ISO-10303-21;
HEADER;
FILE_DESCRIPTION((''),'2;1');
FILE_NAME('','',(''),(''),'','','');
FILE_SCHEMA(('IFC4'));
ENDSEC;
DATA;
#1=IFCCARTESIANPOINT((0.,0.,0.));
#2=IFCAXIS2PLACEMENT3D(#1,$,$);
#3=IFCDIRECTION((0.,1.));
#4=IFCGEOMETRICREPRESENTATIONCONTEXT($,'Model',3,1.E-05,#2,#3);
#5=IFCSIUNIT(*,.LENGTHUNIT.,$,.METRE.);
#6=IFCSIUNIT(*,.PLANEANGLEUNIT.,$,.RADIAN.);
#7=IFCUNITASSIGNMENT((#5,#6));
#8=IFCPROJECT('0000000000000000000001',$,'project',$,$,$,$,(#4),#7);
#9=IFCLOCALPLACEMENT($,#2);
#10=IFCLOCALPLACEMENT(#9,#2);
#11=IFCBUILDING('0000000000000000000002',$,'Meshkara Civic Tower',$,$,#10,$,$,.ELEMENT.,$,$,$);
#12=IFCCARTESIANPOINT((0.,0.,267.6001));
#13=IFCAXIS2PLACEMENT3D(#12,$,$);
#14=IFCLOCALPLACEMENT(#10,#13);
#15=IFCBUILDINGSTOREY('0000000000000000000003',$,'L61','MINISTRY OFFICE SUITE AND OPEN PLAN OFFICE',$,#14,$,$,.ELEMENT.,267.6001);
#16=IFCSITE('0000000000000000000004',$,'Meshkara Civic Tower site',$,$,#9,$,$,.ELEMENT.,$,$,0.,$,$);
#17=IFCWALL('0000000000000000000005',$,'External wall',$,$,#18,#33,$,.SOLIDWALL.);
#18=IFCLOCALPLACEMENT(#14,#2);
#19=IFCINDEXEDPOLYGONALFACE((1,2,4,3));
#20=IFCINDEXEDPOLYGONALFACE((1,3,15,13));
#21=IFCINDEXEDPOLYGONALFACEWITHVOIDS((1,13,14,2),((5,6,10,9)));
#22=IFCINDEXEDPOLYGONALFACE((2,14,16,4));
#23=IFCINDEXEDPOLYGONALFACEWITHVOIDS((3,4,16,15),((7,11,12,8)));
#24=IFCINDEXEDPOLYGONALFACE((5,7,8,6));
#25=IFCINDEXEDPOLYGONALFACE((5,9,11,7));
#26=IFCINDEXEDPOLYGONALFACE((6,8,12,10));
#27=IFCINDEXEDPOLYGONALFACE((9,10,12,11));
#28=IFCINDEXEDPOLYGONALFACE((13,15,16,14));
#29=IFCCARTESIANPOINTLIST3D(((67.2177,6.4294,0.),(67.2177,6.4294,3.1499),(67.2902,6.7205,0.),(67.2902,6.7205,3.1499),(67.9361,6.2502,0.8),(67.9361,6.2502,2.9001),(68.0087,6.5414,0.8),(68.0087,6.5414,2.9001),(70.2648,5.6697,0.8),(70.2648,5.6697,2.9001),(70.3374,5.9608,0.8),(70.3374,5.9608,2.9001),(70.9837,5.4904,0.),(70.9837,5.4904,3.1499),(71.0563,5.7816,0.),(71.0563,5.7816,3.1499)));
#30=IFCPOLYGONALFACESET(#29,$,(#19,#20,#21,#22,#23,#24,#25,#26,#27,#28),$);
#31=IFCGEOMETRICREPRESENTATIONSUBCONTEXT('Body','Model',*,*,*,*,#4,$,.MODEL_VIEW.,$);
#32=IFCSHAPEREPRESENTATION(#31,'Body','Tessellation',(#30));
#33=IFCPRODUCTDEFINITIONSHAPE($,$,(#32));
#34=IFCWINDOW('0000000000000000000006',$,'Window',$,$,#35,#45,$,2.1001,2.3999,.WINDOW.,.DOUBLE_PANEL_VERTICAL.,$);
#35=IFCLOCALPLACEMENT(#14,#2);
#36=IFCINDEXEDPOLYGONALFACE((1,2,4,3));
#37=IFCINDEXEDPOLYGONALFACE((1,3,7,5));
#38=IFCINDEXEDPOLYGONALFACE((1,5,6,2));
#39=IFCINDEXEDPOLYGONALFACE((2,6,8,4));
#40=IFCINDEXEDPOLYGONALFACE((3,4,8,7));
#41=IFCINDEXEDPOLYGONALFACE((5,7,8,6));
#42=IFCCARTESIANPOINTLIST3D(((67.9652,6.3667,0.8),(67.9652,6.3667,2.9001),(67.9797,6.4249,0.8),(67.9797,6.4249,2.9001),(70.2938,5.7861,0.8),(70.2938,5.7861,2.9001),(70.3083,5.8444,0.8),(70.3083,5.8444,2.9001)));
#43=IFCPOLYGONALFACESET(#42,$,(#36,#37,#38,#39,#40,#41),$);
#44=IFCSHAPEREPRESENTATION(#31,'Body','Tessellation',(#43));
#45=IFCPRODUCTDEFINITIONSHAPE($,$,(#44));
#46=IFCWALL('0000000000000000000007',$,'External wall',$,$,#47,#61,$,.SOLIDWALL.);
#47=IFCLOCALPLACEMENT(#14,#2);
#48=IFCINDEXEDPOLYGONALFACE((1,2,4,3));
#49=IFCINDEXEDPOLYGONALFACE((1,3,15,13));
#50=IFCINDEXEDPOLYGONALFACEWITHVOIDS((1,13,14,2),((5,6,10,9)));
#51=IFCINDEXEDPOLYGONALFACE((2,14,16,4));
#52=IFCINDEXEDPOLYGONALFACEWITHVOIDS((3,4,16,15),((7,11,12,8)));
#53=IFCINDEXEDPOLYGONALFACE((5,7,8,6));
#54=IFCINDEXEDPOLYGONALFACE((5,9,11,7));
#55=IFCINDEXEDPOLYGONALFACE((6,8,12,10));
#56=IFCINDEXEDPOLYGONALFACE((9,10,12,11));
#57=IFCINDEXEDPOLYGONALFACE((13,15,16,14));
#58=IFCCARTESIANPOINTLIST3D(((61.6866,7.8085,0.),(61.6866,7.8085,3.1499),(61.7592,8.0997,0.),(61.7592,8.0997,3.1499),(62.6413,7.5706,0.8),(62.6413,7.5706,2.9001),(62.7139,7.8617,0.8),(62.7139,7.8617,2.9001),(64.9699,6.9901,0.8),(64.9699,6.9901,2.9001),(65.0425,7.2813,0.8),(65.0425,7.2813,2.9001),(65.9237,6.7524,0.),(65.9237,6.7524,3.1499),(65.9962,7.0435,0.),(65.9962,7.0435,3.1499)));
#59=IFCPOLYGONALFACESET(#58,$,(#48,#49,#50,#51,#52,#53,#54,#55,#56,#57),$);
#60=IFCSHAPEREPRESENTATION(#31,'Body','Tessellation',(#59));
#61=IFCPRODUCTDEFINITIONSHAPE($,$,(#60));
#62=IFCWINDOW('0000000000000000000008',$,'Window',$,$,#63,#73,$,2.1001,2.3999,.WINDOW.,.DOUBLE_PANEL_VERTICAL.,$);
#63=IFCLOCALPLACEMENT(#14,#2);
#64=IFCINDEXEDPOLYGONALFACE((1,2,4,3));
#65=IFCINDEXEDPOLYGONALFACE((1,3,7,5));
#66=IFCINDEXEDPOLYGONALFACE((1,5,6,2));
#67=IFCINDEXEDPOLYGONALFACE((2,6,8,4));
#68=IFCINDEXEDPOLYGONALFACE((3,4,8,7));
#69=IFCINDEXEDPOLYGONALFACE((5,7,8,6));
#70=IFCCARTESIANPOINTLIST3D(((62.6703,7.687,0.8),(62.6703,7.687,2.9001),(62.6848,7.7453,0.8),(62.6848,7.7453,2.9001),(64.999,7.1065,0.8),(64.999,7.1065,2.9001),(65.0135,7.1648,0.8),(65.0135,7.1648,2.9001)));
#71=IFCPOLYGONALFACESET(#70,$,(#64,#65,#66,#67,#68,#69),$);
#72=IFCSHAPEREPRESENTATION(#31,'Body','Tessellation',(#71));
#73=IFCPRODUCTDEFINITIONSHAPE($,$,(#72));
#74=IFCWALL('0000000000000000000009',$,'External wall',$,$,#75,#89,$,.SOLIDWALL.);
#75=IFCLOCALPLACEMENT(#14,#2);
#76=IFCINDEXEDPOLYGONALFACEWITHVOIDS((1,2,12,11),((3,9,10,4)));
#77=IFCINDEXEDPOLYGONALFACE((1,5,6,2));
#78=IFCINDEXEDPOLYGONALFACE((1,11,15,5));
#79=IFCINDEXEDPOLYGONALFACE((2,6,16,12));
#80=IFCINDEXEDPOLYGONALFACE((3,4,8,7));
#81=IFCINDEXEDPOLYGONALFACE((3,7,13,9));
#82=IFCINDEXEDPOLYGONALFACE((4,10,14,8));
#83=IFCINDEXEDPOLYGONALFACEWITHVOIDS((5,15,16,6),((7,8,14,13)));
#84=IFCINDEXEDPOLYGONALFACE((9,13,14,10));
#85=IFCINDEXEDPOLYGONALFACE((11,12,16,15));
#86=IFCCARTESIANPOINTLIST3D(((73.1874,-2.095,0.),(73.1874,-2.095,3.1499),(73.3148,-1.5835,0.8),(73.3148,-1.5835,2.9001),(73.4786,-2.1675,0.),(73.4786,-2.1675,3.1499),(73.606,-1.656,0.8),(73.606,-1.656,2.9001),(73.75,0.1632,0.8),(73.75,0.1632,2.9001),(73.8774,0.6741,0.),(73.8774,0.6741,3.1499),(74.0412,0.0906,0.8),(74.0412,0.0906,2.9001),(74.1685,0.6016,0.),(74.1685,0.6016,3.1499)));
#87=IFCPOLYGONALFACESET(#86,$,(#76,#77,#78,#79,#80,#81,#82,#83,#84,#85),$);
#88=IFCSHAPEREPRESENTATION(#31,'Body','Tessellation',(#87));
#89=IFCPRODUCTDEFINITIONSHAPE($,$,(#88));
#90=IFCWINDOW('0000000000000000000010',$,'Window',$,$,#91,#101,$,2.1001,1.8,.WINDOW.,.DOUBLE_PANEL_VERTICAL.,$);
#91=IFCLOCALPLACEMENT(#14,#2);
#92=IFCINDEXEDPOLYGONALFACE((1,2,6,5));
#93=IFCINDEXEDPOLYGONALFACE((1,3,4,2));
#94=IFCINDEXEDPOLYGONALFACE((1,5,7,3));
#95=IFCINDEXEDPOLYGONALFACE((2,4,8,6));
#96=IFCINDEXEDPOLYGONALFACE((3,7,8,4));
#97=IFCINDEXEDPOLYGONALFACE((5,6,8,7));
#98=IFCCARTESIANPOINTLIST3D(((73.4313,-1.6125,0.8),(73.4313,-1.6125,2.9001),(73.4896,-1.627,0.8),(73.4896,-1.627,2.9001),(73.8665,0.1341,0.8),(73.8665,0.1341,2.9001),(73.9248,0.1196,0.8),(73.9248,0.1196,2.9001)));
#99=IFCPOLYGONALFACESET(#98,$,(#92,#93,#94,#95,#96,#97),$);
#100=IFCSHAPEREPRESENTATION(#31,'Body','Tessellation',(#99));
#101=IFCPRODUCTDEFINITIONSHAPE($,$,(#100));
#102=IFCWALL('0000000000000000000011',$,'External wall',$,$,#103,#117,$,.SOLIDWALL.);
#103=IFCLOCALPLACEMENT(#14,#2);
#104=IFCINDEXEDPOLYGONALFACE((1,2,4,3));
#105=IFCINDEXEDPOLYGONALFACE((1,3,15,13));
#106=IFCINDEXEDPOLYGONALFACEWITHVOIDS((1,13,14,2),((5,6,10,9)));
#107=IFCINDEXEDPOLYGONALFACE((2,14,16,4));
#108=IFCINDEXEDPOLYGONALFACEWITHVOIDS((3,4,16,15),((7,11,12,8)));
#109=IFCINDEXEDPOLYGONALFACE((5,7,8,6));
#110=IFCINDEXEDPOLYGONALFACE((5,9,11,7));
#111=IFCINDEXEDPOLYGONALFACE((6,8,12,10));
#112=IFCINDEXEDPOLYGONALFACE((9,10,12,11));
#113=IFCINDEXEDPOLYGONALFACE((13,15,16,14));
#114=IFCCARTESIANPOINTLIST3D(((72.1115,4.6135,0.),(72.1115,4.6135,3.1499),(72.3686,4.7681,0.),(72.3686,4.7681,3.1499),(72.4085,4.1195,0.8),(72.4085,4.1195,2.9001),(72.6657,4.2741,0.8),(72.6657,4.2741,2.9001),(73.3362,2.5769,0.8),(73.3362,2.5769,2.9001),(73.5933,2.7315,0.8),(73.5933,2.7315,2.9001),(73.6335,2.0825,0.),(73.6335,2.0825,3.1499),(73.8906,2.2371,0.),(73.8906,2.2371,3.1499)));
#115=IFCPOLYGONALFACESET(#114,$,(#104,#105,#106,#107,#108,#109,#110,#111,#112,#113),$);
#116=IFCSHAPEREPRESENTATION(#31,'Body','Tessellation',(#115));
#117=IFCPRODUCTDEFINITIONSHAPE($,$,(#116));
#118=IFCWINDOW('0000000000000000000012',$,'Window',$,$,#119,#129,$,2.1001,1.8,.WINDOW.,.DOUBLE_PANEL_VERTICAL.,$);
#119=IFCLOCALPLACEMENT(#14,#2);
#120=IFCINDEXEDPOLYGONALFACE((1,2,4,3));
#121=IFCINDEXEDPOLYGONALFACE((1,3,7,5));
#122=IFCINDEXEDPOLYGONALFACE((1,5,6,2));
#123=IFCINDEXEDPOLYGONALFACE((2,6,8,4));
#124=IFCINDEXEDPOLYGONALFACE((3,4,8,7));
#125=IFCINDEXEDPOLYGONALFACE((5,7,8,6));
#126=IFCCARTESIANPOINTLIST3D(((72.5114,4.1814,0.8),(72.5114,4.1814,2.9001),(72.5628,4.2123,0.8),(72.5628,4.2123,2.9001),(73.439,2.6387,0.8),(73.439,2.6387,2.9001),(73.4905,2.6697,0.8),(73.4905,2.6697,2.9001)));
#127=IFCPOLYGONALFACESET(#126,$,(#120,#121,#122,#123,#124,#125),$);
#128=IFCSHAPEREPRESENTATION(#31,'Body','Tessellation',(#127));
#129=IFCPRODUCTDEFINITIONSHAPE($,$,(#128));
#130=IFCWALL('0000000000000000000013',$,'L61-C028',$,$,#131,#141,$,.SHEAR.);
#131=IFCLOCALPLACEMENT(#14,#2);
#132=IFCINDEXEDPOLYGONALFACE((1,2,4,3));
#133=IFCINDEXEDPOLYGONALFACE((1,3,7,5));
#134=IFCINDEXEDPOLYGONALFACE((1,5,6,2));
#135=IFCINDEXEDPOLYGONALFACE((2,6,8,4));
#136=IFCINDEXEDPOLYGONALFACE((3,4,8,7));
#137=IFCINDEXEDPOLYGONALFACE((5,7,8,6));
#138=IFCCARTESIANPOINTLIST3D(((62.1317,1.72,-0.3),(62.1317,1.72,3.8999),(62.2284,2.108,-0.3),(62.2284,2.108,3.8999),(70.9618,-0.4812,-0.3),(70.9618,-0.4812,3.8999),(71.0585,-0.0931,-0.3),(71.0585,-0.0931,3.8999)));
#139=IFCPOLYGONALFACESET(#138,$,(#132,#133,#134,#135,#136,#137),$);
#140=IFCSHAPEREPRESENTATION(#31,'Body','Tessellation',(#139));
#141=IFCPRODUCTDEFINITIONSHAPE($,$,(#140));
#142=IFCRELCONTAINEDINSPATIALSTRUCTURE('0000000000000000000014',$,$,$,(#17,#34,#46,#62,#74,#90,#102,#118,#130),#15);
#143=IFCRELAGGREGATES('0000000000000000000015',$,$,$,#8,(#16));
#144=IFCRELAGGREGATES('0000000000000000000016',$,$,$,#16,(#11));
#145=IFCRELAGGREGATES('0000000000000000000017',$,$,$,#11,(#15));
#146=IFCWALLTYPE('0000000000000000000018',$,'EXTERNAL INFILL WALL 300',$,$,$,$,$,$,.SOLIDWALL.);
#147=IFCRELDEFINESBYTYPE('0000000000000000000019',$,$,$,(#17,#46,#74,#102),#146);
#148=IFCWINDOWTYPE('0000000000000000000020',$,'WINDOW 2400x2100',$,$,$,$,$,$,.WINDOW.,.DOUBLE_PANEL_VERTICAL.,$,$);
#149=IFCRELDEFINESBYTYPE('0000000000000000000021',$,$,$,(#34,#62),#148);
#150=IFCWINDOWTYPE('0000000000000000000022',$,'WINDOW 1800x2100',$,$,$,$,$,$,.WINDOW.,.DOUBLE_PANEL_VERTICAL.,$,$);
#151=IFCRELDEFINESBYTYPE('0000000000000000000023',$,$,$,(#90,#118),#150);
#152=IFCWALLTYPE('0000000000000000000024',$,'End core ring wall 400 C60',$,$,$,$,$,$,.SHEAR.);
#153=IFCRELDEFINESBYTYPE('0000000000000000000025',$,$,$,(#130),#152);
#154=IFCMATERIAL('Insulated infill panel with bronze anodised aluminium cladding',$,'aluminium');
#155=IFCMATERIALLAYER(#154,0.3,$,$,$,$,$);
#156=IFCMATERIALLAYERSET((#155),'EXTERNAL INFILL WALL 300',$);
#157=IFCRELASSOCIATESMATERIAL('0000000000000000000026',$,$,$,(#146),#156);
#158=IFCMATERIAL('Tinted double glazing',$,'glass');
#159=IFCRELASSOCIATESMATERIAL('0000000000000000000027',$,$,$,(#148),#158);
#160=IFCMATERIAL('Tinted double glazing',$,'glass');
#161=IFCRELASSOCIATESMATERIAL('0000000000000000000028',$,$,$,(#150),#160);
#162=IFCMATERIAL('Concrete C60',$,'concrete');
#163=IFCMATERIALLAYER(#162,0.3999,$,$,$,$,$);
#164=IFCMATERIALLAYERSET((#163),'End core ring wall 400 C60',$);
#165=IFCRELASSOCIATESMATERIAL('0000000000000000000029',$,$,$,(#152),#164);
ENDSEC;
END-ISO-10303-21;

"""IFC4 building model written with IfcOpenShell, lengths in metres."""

from ifc_helpers import new_model, si_unit, direction, frame, frame_2d, origin, place, context, subcontext, project, spatial, rectangle, extrude, material, layer, layer_set, type_object, element, fill, save


model = new_model("IFC4")

# Units and contexts
model_context = context("Model", 3, precision=1e-05, world=origin(), true_north=direction((0.0, 1.0)))
body_context = subcontext(model_context, "Body", "Model", "MODEL_VIEW")
ifc_project = project(units=[si_unit("LENGTHUNIT", "METRE"), si_unit("PLANEANGLEUNIT", "RADIAN")], contexts=[model_context])

# Site, building, storey
site_placement = place(None, origin())
site = spatial("IfcSite", under=ifc_project, at=site_placement, Name="Meshkara Civic Tower site", CompositionType="ELEMENT", RefElevation=0.0)
building_placement = place(site_placement, origin())
building = spatial("IfcBuilding", under=site, at=building_placement, Name="Meshkara Civic Tower", CompositionType="ELEMENT")
storey_placement = place(building_placement, frame((0.0, 0.0, 267.6001)))
storey = spatial("IfcBuildingStorey", under=building, at=storey_placement, Name="L61", Description="MINISTRY OFFICE SUITE AND OPEN PLAN OFFICE", CompositionType="ELEMENT", Elevation=267.6001)

# Walls, openings, windows
ifc_material_1 = material(Name="Insulated infill panel with bronze anodised aluminium cladding", Category="aluminium")
ifc_layer_1 = layer(ifc_material_1, 0.3)
ifc_layer_set_1 = layer_set([ifc_layer_1], Name="EXTERNAL INFILL WALL 300")
wall_type_1 = type_object("IfcWallType", Name="EXTERNAL INFILL WALL 300", PredefinedType="SOLIDWALL", material=ifc_layer_set_1)
wall_1_placement = place(storey_placement, frame((71.02, 5.636, 0.0), z_axis=(0.0, 0.0, 1.0), x_axis=(-0.970298, 0.241914, 0.0)))
wall_1 = element("IfcWall", 1, at=wall_1_placement, inside=storey, type_object=wall_type_1, Name="External wall", PredefinedType="SOLIDWALL", context=body_context, shape_type="SweptSolid", body=[
    extrude(rectangle(XDim=3.8813, YDim=0.3, at=frame_2d((1.9407, 0.0))), origin(), (0.0, 0.0, 1.0), 3.1499),
])
opening_1_placement = place(wall_1_placement, frame((0.741, 0.0, 0.8)))
opening_1 = element("IfcOpeningElement", 2, at=opening_1_placement, cuts=wall_1, PredefinedType="OPENING", context=body_context, shape_type="SweptSolid", body=[
    extrude(rectangle(XDim=2.3999, YDim=2.1001, at=frame_2d((1.2, 1.05))), frame((0.0, 0.1599, 0.0), z_axis=(0.0, -1.0, 0.0), x_axis=(1.0, 0.0, 0.0)), (0.0, 0.0, 1.0), 0.3201),
])
ifc_material_2 = material(Name="Tinted double glazing", Category="glass")
window_type_1 = type_object("IfcWindowType", Name="WINDOW 2400x2100", PartitioningType="DOUBLE_PANEL_VERTICAL", PredefinedType="WINDOW", material=ifc_material_2)
window_1_placement = place(opening_1_placement, origin())
window_1 = element("IfcWindow", 3, at=window_1_placement, inside=storey, type_object=window_type_1, Name="Window", OverallHeight=2.1001, OverallWidth=2.3999, PartitioningType="DOUBLE_PANEL_VERTICAL", PredefinedType="WINDOW", context=body_context, shape_type="SweptSolid", body=[
    extrude(rectangle(XDim=2.3999, YDim=2.1001, at=frame_2d((1.2, 1.05))), frame((0.0, 0.03, 0.0), z_axis=(0.0, -1.0, 0.0), x_axis=(1.0, 0.0, 0.0)), (0.0, 0.0, 1.0), 0.0601),
])
fill(opening_1, window_1)
wall_2_placement = place(storey_placement, frame((65.96, 6.8979, 0.0), z_axis=(0.0, 0.0, 1.0), x_axis=(-0.97031, 0.241865, 0.0)))
wall_2 = element("IfcWall", 4, at=wall_2_placement, inside=storey, type_object=wall_type_1, Name="External wall", PredefinedType="SOLIDWALL", context=body_context, shape_type="SweptSolid", body=[
    extrude(rectangle(XDim=4.3667, YDim=0.3, at=frame_2d((2.1833, 0.0))), origin(), (0.0, 0.0, 1.0), 3.1499),
])
opening_2_placement = place(wall_2_placement, frame((0.9829, 0.0, 0.8)))
opening_2 = element("IfcOpeningElement", 5, at=opening_2_placement, cuts=wall_2, PredefinedType="OPENING", context=body_context, shape_type="SweptSolid", body=[
    extrude(rectangle(XDim=2.3999, YDim=2.1001, at=frame_2d((1.2, 1.05))), frame((0.0, 0.1599, 0.0), z_axis=(0.0, -1.0, 0.0), x_axis=(1.0, 0.0, 0.0)), (0.0, 0.0, 1.0), 0.3201),
])
window_2_placement = place(opening_2_placement, origin())
window_2 = element("IfcWindow", 6, at=window_2_placement, inside=storey, type_object=window_type_1, Name="Window", OverallHeight=2.1001, OverallWidth=2.3999, PartitioningType="DOUBLE_PANEL_VERTICAL", PredefinedType="WINDOW", context=body_context, shape_type="SweptSolid", body=[
    extrude(rectangle(XDim=2.3999, YDim=2.1001, at=frame_2d((1.2, 1.05))), frame((0.0, 0.03, 0.0), z_axis=(0.0, -1.0, 0.0), x_axis=(1.0, 0.0, 0.0)), (0.0, 0.0, 1.0), 0.0601),
])
fill(opening_2, window_2)
wall_3_placement = place(storey_placement, frame((73.333, -2.1311, 0.0), z_axis=(0.0, 0.0, 1.0), x_axis=(0.241771, 0.970333, 0.0)))
wall_3 = element("IfcWall", 7, at=wall_3_placement, inside=storey, type_object=wall_type_1, Name="External wall", PredefinedType="SOLIDWALL", context=body_context, shape_type="SweptSolid", body=[
    extrude(rectangle(XDim=2.8538, YDim=0.3, at=frame_2d((1.4268, 0.0))), origin(), (0.0, 0.0, 1.0), 3.1499),
])
opening_3_placement = place(wall_3_placement, frame((0.5271, 0.0, 0.8)))
opening_3 = element("IfcOpeningElement", 8, at=opening_3_placement, cuts=wall_3, PredefinedType="OPENING", context=body_context, shape_type="SweptSolid", body=[
    extrude(rectangle(XDim=1.8, YDim=2.1001, at=frame_2d((0.8999, 1.05))), frame((0.0, 0.1599, 0.0), z_axis=(0.0, -1.0, 0.0), x_axis=(1.0, 0.0, 0.0)), (0.0, 0.0, 1.0), 0.3201),
])
ifc_material_3 = material(Name="Tinted double glazing", Category="glass")
window_type_2 = type_object("IfcWindowType", Name="WINDOW 1800x2100", PartitioningType="DOUBLE_PANEL_VERTICAL", PredefinedType="WINDOW", material=ifc_material_3)
window_3_placement = place(opening_3_placement, origin())
window_3 = element("IfcWindow", 9, at=window_3_placement, inside=storey, type_object=window_type_2, Name="Window", OverallHeight=2.1001, OverallWidth=1.8, PartitioningType="DOUBLE_PANEL_VERTICAL", PredefinedType="WINDOW", context=body_context, shape_type="SweptSolid", body=[
    extrude(rectangle(XDim=1.8, YDim=2.1001, at=frame_2d((0.8999, 1.05))), frame((0.0, 0.03, 0.0), z_axis=(0.0, -1.0, 0.0), x_axis=(1.0, 0.0, 0.0)), (0.0, 0.0, 1.0), 0.0601),
])
fill(opening_3, window_3)
wall_4_placement = place(storey_placement, frame((73.762, 2.1599, 0.0), z_axis=(0.0, 0.0, 1.0), x_axis=(-0.515334, 0.856989, 0.0)))
wall_4 = element("IfcWall", 10, at=wall_4_placement, inside=storey, type_object=wall_type_1, Name="External wall", PredefinedType="SOLIDWALL", context=body_context, shape_type="SweptSolid", body=[
    extrude(rectangle(XDim=2.9534, YDim=0.3, at=frame_2d((1.4766, 0.0))), origin(), (0.0, 0.0, 1.0), 3.1499),
])
opening_4_placement = place(wall_4_placement, frame((0.5769, 0.0, 0.8)))
opening_4 = element("IfcOpeningElement", 11, at=opening_4_placement, cuts=wall_4, PredefinedType="OPENING", context=body_context, shape_type="SweptSolid", body=[
    extrude(rectangle(XDim=1.8, YDim=2.1001, at=frame_2d((0.8999, 1.05))), frame((0.0, 0.1599, 0.0), z_axis=(0.0, -1.0, 0.0), x_axis=(1.0, 0.0, 0.0)), (0.0, 0.0, 1.0), 0.3201),
])
window_4_placement = place(opening_4_placement, origin())
window_4 = element("IfcWindow", 12, at=window_4_placement, inside=storey, type_object=window_type_2, Name="Window", OverallHeight=2.1001, OverallWidth=1.8, PartitioningType="DOUBLE_PANEL_VERTICAL", PredefinedType="WINDOW", context=body_context, shape_type="SweptSolid", body=[
    extrude(rectangle(XDim=1.8, YDim=2.1001, at=frame_2d((0.8999, 1.05))), frame((0.0, 0.03, 0.0), z_axis=(0.0, -1.0, 0.0), x_axis=(1.0, 0.0, 0.0)), (0.0, 0.0, 1.0), 0.0601),
])
fill(opening_4, window_4)

# Wall
ifc_material_4 = material(Name="Concrete C60", Category="concrete")
ifc_layer_2 = layer(ifc_material_4, 0.3999)
ifc_layer_set_2 = layer_set([ifc_layer_2], Name="End core ring wall 400 C60")
wall_type_2 = type_object("IfcWallType", Name="End core ring wall 400 C60", PredefinedType="SHEAR", material=ifc_layer_set_2)
wall_5_placement = place(storey_placement, frame((62.1799, 1.9141, -0.3), z_axis=(0.0, 0.0, 1.0), x_axis=(0.970306, -0.241879, 0.0)))
element("IfcWall", 13, at=wall_5_placement, inside=storey, type_object=wall_type_2, Name="L61-C028", PredefinedType="SHEAR", context=body_context, shape_type="SweptSolid", body=[
    extrude(rectangle(XDim=9.1003, YDim=0.3999, at=frame_2d((4.5503, 0.0))), origin(), (0.0, 0.0, 1.0), 4.2),
])

save(model, "model.ifc")
